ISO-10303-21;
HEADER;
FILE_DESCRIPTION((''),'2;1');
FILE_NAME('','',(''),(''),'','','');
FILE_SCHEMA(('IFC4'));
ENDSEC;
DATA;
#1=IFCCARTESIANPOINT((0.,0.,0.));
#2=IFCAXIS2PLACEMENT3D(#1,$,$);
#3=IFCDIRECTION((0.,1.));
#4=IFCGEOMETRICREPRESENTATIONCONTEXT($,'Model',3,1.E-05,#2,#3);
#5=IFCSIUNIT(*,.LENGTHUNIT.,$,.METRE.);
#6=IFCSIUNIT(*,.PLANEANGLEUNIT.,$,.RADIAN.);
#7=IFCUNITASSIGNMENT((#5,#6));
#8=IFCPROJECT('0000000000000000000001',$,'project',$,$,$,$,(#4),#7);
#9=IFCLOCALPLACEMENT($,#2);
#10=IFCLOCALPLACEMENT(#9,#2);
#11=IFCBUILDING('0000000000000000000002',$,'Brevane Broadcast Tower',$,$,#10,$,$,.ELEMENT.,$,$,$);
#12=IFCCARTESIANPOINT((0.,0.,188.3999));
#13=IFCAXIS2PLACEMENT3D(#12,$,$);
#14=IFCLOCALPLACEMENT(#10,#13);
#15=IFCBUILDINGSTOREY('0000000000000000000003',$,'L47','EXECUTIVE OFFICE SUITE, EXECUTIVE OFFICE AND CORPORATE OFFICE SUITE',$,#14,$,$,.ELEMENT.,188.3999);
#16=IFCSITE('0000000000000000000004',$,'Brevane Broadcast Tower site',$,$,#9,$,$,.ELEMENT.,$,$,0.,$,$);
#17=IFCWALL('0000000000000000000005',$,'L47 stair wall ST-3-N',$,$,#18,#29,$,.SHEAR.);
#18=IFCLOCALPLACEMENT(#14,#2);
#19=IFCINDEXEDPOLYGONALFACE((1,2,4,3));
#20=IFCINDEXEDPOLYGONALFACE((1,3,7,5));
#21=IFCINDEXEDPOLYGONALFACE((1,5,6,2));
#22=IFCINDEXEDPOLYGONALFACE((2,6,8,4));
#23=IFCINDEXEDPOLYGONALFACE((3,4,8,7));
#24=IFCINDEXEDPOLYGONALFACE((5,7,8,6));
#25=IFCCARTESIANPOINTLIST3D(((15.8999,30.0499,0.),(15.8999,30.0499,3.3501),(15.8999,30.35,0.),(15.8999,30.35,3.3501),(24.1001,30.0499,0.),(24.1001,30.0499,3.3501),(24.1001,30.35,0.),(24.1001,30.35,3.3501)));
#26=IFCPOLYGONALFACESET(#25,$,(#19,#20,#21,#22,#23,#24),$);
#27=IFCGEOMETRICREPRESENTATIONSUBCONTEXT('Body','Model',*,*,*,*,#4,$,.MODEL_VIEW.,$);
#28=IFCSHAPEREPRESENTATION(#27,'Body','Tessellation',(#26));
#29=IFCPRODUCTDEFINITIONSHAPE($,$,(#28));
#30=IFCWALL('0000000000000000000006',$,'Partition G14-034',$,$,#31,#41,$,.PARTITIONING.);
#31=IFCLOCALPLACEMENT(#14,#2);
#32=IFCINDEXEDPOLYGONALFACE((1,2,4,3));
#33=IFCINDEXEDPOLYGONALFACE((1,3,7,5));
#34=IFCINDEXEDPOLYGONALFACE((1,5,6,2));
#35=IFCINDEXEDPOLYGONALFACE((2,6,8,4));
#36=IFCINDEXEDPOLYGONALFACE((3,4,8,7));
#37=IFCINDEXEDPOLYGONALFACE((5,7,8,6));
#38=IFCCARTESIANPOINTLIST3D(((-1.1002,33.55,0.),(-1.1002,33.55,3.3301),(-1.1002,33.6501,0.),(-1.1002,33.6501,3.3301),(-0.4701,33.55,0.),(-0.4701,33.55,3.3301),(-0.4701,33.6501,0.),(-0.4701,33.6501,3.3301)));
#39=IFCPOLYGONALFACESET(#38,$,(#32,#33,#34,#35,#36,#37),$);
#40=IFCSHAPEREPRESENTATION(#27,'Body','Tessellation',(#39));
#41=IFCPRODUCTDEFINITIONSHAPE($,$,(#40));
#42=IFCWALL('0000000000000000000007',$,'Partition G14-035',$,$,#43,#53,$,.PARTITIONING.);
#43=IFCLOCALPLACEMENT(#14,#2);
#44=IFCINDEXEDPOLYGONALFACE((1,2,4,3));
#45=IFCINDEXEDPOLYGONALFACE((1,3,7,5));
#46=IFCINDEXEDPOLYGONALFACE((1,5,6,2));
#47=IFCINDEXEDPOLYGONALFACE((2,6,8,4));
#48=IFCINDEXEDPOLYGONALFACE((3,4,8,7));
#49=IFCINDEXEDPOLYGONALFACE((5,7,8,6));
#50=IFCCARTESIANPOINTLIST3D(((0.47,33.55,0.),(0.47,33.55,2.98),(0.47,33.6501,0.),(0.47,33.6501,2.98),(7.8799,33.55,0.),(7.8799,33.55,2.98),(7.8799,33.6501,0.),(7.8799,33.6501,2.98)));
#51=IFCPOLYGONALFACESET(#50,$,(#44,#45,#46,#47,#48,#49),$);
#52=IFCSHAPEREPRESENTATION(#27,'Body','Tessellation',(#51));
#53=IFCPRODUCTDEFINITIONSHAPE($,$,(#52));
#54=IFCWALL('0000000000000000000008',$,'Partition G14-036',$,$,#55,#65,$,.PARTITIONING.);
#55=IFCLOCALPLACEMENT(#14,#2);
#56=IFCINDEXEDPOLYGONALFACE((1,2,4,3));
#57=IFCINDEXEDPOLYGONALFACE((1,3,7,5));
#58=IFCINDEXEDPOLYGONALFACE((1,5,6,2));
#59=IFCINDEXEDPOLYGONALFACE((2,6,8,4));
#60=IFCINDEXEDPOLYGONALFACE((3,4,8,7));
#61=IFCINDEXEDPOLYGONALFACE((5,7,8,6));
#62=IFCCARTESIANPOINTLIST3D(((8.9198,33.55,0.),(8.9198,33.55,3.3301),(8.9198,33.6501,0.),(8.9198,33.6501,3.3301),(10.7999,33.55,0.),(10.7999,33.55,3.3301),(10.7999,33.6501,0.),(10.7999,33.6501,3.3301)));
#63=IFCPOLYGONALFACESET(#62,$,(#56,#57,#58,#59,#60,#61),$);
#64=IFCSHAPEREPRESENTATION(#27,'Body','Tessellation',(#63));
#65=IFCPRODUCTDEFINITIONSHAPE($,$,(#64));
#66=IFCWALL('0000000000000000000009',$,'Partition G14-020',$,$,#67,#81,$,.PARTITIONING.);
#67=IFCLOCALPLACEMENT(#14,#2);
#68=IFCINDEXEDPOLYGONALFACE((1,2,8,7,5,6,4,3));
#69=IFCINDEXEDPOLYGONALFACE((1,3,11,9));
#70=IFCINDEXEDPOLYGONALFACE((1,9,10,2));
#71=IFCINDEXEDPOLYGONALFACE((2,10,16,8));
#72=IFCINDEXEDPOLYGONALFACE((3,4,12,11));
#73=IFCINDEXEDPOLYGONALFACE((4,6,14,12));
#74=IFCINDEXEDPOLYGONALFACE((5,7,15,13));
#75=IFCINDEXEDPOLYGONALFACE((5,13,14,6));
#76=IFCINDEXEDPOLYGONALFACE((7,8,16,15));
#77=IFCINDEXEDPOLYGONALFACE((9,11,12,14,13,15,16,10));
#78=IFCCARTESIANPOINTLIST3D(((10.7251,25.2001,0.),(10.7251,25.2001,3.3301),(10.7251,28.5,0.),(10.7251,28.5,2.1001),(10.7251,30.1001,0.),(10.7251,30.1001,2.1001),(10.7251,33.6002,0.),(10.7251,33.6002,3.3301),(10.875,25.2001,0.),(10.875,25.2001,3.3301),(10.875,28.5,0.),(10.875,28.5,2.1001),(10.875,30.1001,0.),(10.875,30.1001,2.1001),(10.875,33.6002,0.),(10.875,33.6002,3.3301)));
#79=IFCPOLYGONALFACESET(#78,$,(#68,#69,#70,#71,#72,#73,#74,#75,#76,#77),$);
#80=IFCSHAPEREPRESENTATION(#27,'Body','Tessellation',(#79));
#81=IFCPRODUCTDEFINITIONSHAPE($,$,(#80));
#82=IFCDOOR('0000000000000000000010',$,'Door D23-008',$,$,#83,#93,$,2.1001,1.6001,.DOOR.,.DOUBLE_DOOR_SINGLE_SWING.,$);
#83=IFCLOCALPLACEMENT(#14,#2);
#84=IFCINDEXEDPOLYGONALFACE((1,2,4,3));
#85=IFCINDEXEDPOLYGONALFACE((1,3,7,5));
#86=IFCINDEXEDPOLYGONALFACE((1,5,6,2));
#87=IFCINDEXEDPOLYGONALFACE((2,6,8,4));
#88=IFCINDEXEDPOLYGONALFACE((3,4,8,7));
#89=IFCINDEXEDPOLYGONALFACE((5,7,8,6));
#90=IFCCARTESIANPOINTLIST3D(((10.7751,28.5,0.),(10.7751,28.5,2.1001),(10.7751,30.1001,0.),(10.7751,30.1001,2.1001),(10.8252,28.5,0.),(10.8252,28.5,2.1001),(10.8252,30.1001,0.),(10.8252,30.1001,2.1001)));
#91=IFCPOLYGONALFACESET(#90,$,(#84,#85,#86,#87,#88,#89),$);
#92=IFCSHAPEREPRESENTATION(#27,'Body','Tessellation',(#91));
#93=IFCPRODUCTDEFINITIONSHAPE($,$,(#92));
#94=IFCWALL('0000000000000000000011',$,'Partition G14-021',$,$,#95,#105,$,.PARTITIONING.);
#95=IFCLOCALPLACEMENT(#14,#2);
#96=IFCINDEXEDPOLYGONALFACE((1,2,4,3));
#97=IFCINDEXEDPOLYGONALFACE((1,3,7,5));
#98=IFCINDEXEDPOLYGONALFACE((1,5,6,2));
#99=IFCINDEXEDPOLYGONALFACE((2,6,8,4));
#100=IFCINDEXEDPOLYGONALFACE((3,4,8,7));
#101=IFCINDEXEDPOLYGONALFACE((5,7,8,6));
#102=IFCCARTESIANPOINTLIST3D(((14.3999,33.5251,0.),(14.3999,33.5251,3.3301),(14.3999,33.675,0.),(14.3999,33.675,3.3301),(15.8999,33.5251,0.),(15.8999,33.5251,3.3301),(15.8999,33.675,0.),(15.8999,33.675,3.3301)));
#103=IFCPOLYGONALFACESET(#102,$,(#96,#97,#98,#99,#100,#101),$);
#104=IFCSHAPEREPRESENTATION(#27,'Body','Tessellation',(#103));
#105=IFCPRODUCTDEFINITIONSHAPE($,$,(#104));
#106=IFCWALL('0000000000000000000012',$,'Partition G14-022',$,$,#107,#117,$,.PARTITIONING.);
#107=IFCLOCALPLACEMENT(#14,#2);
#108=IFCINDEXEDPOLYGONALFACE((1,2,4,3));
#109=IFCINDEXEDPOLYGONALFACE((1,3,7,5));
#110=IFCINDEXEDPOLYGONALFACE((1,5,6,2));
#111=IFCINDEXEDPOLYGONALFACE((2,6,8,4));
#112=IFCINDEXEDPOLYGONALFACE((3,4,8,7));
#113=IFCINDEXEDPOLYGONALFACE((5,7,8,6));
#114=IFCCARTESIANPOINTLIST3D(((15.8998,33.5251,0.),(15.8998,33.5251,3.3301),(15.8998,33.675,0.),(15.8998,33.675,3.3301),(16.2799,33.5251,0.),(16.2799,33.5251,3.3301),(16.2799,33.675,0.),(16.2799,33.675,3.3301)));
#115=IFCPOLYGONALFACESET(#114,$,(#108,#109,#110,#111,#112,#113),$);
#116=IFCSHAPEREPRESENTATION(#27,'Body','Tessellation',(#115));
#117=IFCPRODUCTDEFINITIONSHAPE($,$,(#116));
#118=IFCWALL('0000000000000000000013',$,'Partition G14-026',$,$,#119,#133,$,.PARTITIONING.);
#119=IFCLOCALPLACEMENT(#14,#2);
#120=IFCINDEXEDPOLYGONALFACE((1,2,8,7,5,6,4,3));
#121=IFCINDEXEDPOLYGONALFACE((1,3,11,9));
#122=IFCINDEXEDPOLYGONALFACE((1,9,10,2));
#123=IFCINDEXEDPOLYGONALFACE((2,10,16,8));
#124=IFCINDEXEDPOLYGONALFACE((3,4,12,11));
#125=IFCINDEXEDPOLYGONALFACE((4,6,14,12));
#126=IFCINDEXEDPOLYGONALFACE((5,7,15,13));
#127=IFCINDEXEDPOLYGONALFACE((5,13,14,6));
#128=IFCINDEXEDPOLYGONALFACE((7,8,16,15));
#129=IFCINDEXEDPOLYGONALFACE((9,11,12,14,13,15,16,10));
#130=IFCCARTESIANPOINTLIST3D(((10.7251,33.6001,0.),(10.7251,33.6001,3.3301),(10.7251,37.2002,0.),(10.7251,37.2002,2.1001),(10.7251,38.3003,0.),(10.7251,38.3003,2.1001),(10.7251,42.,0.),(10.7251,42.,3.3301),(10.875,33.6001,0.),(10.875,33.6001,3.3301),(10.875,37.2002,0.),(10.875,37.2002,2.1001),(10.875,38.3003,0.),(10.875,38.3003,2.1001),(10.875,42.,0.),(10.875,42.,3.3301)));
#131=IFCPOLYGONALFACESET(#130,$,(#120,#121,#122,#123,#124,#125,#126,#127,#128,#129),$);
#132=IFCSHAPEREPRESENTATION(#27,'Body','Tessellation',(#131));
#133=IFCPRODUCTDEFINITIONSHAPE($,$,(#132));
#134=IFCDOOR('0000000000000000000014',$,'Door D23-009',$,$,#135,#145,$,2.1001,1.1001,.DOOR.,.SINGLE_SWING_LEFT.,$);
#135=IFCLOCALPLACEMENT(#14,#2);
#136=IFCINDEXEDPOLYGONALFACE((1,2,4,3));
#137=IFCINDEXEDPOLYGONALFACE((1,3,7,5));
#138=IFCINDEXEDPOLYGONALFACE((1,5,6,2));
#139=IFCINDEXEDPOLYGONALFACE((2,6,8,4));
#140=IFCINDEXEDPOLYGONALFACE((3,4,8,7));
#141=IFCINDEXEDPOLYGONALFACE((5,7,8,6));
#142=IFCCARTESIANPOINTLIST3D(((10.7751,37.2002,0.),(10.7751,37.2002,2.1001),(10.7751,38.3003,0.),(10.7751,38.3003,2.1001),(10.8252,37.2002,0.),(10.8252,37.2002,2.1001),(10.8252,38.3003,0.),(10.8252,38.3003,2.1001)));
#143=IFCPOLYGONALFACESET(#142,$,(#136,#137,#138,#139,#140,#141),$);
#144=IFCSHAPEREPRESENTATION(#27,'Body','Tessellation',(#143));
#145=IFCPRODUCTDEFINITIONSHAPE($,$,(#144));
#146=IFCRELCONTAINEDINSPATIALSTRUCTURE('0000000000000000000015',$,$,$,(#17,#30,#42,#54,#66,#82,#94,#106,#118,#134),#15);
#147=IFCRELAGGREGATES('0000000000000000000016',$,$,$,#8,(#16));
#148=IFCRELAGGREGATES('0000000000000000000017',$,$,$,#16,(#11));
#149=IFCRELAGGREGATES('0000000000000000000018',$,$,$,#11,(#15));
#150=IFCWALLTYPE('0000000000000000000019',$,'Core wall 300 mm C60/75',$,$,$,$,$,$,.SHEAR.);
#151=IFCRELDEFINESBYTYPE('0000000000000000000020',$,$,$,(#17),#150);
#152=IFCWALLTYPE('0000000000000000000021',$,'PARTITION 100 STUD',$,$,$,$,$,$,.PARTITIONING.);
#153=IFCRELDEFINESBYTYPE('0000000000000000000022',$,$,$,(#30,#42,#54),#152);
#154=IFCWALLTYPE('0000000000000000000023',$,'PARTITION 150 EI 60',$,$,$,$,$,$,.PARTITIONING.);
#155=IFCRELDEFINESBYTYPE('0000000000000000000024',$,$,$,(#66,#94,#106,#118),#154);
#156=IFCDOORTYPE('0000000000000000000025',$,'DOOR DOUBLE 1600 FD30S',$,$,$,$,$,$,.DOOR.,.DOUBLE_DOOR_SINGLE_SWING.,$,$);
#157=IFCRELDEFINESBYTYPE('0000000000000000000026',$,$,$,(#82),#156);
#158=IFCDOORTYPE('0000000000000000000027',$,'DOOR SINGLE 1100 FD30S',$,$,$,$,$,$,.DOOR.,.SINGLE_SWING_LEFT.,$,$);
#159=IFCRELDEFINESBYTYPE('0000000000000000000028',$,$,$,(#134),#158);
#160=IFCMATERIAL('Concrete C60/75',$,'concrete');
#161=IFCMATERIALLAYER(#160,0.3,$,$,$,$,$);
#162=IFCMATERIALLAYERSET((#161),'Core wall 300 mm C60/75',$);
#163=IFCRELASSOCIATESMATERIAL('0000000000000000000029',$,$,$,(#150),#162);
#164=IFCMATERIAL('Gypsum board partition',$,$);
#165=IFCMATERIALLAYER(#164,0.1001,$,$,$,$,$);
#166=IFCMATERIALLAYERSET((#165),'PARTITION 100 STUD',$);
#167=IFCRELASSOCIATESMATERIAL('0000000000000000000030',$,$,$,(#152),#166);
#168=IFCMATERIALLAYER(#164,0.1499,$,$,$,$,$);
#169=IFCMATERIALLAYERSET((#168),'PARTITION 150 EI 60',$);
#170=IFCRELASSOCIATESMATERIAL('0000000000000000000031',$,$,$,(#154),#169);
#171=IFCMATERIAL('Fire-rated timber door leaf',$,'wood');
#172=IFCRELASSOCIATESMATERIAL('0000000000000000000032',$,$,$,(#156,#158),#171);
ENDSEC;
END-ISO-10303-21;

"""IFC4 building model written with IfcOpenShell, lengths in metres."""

from ifc_helpers import new_model, si_unit, direction, frame, frame_2d, origin, place, context, subcontext, project, spatial, polyline, rectangle, outline, extrude, material, layer, layer_set, type_object, element, fill, save


model = new_model("IFC4")

# Units and contexts
model_context = context("Model", 3, precision=1e-05, world=origin(), true_north=direction((0.0, 1.0)))
body_context = subcontext(model_context, "Body", "Model", "MODEL_VIEW")
ifc_project = project(units=[si_unit("LENGTHUNIT", "METRE"), si_unit("PLANEANGLEUNIT", "RADIAN")], contexts=[model_context])

# Site, building, storey
site_placement = place(None, origin())
site = spatial("IfcSite", under=ifc_project, at=site_placement, Name="Brevane Broadcast Tower site", CompositionType="ELEMENT", RefElevation=0.0)
building_placement = place(site_placement, origin())
building = spatial("IfcBuilding", under=site, at=building_placement, Name="Brevane Broadcast Tower", CompositionType="ELEMENT")
storey_placement = place(building_placement, frame((0.0, 0.0, 188.3999)))
storey = spatial("IfcBuildingStorey", under=building, at=storey_placement, Name="L47", Description="EXECUTIVE OFFICE SUITE, EXECUTIVE OFFICE AND CORPORATE OFFICE SUITE", CompositionType="ELEMENT", Elevation=188.3999)

# Shared definitions
ifc_material_1 = material(Name="Concrete C60/75", Category="concrete")

# Walls
ifc_layer_1 = layer(ifc_material_1, 0.3)
ifc_layer_set_1 = layer_set([ifc_layer_1], Name="Core wall 300 mm C60/75")
wall_type_1 = type_object("IfcWallType", Name="Core wall 300 mm C60/75", PredefinedType="SHEAR", material=ifc_layer_set_1)
for number, where, z_axis, x_axis, name in (
    (1, (15.8999, 30.2, 0.0), (0.0, 0.0, 1.0), (1.0, 0.0, 0.0), "L47 stair wall ST-3-N"),
):
    element("IfcWall", number, at=place(storey_placement, frame(where, z_axis=z_axis, x_axis=x_axis)), inside=storey, type_object=wall_type_1, Name=name, PredefinedType="SHEAR", context=body_context, shape_type="SweptSolid", body=[
        extrude(rectangle(XDim=8.2002, YDim=0.3, at=frame_2d((4.1001, 0.0))), origin(), (0.0, 0.0, 1.0), 3.3501),
    ])
ifc_material_2 = material(Name="Gypsum board partition")
ifc_layer_2 = layer(ifc_material_2, 0.1001)
ifc_layer_set_2 = layer_set([ifc_layer_2], Name="PARTITION 100 STUD")
wall_type_2 = type_object("IfcWallType", Name="PARTITION 100 STUD", PredefinedType="PARTITIONING", material=ifc_layer_set_2)
wall_1_placement = place(storey_placement, frame((-1.1001, 33.6001, 0.0), z_axis=(0.0, 0.0, 1.0), x_axis=(1.0, 0.0, 0.0)))
element("IfcWall", 2, at=wall_1_placement, inside=storey, type_object=wall_type_2, Name="Partition G14-034", PredefinedType="PARTITIONING", context=body_context, shape_type="SweptSolid", body=[
    extrude(rectangle(XDim=0.6301, YDim=0.1001, at=frame_2d((0.3149, 0.0))), origin(), (0.0, 0.0, 1.0), 3.3301),
])
wall_2_placement = place(storey_placement, frame((0.47, 33.6001, 0.0), z_axis=(0.0, 0.0, 1.0), x_axis=(1.0, 0.0, 0.0)))
element("IfcWall", 3, at=wall_2_placement, inside=storey, type_object=wall_type_2, Name="Partition G14-035", PredefinedType="PARTITIONING", context=body_context, shape_type="SweptSolid", body=[
    extrude(outline(polyline([(0.0, 0.0), (7.4099, 0.0), (7.4099, 2.98), (0.0, 2.98), (0.0, 0.0)])), frame((0.0, 0.05, 0.0), z_axis=(0.0, -1.0, 0.0), x_axis=(1.0, 0.0, 0.0)), (0.0, 0.0, 1.0), 0.1001),
])
wall_3_placement = place(storey_placement, frame((8.9199, 33.6001, 0.0), z_axis=(0.0, 0.0, 1.0), x_axis=(1.0, 0.0, 0.0)))
element("IfcWall", 4, at=wall_3_placement, inside=storey, type_object=wall_type_2, Name="Partition G14-036", PredefinedType="PARTITIONING", context=body_context, shape_type="SweptSolid", body=[
    extrude(rectangle(XDim=1.8801, YDim=0.1001, at=frame_2d((0.9399, 0.0))), origin(), (0.0, 0.0, 1.0), 3.3301),
])

# Wall, opening, door
ifc_layer_3 = layer(ifc_material_2, 0.1499)
ifc_layer_set_3 = layer_set([ifc_layer_3], Name="PARTITION 150 EI 60")
wall_type_3 = type_object("IfcWallType", Name="PARTITION 150 EI 60", PredefinedType="PARTITIONING", material=ifc_layer_set_3)
wall_4_placement = place(storey_placement, frame((10.8, 25.2, 0.0), z_axis=(0.0, 0.0, 1.0), x_axis=(0.0, 1.0, 0.0)))
wall_4 = element("IfcWall", 5, at=wall_4_placement, inside=storey, type_object=wall_type_3, Name="Partition G14-020", PredefinedType="PARTITIONING", context=body_context, shape_type="SweptSolid", body=[
    extrude(rectangle(XDim=8.4001, YDim=0.1499, at=frame_2d((4.2002, 0.0))), origin(), (0.0, 0.0, 1.0), 3.3301),
])
opening_1_placement = place(wall_4_placement, frame((3.3, 0.0, 0.0)))
opening_1 = element("IfcOpeningElement", 6, at=opening_1_placement, cuts=wall_4, PredefinedType="OPENING", context=body_context, shape_type="SweptSolid", body=[
    extrude(rectangle(XDim=1.6001, YDim=2.1001, at=frame_2d((0.8, 1.05))), frame((0.0, 0.085, 0.0), z_axis=(0.0, -1.0, 0.0), x_axis=(1.0, 0.0, 0.0)), (0.0, 0.0, 1.0), 0.1699),
])
ifc_material_3 = material(Name="Fire-rated timber door leaf", Category="wood")
door_type_1 = type_object("IfcDoorType", Name="DOOR DOUBLE 1600 FD30S", OperationType="DOUBLE_DOOR_SINGLE_SWING", PredefinedType="DOOR", material=ifc_material_3)
door_1_placement = place(opening_1_placement, origin())
door_1 = element("IfcDoor", 7, at=door_1_placement, inside=storey, type_object=door_type_1, Name="Door D23-008", OperationType="DOUBLE_DOOR_SINGLE_SWING", OverallHeight=2.1001, OverallWidth=1.6001, PredefinedType="DOOR", context=body_context, shape_type="SweptSolid", body=[
    extrude(rectangle(XDim=1.6001, YDim=2.1001, at=frame_2d((0.8, 1.05))), frame((0.0, 0.0249, 0.0), z_axis=(0.0, -1.0, 0.0), x_axis=(1.0, 0.0, 0.0)), (0.0, 0.0, 1.0), 0.05),
])
fill(opening_1, door_1)

# Walls
wall_5_placement = place(storey_placement, frame((14.3999, 33.6001, 0.0), z_axis=(0.0, 0.0, 1.0), x_axis=(1.0, 0.0, 0.0)))
element("IfcWall", 8, at=wall_5_placement, inside=storey, type_object=wall_type_3, Name="Partition G14-021", PredefinedType="PARTITIONING", context=body_context, shape_type="SweptSolid", body=[
    extrude(rectangle(XDim=1.5, YDim=0.1499, at=frame_2d((0.75, 0.0))), origin(), (0.0, 0.0, 1.0), 3.3301),
])
wall_6_placement = place(storey_placement, frame((15.8999, 33.6001, 0.0), z_axis=(0.0, 0.0, 1.0), x_axis=(1.0, 0.0, 0.0)))
element("IfcWall", 9, at=wall_6_placement, inside=storey, type_object=wall_type_3, Name="Partition G14-022", PredefinedType="PARTITIONING", context=body_context, shape_type="SweptSolid", body=[
    extrude(rectangle(XDim=0.3801, YDim=0.1499, at=frame_2d((0.1899, 0.0))), origin(), (0.0, 0.0, 1.0), 3.3301),
])

# Wall, opening, door
wall_7_placement = place(storey_placement, frame((10.8, 33.6001, 0.0), z_axis=(0.0, 0.0, 1.0), x_axis=(0.0, 1.0, 0.0)))
wall_7 = element("IfcWall", 10, at=wall_7_placement, inside=storey, type_object=wall_type_3, Name="Partition G14-026", PredefinedType="PARTITIONING", context=body_context, shape_type="SweptSolid", body=[
    extrude(rectangle(XDim=8.3999, YDim=0.1499, at=frame_2d((4.2, 0.0))), origin(), (0.0, 0.0, 1.0), 3.3301),
])
opening_2_placement = place(wall_7_placement, frame((3.6001, 0.0, 0.0)))
opening_2 = element("IfcOpeningElement", 11, at=opening_2_placement, cuts=wall_7, PredefinedType="OPENING", context=body_context, shape_type="SweptSolid", body=[
    extrude(rectangle(XDim=1.1001, YDim=2.1001, at=frame_2d((0.55, 1.05))), frame((0.0, 0.085, 0.0), z_axis=(0.0, -1.0, 0.0), x_axis=(1.0, 0.0, 0.0)), (0.0, 0.0, 1.0), 0.1699),
])
door_type_2 = type_object("IfcDoorType", Name="DOOR SINGLE 1100 FD30S", OperationType="SINGLE_SWING_LEFT", PredefinedType="DOOR", material=ifc_material_3)
door_2_placement = place(opening_2_placement, origin())
door_2 = element("IfcDoor", 12, at=door_2_placement, inside=storey, type_object=door_type_2, Name="Door D23-009", OperationType="SINGLE_SWING_LEFT", OverallHeight=2.1001, OverallWidth=1.1001, PredefinedType="DOOR", context=body_context, shape_type="SweptSolid", body=[
    extrude(rectangle(XDim=1.1001, YDim=2.1001, at=frame_2d((0.55, 1.05))), frame((0.0, 0.0249, 0.0), z_axis=(0.0, -1.0, 0.0), x_axis=(1.0, 0.0, 0.0)), (0.0, 0.0, 1.0), 0.05),
])
fill(opening_2, door_2)

save(model, "model.ifc")
